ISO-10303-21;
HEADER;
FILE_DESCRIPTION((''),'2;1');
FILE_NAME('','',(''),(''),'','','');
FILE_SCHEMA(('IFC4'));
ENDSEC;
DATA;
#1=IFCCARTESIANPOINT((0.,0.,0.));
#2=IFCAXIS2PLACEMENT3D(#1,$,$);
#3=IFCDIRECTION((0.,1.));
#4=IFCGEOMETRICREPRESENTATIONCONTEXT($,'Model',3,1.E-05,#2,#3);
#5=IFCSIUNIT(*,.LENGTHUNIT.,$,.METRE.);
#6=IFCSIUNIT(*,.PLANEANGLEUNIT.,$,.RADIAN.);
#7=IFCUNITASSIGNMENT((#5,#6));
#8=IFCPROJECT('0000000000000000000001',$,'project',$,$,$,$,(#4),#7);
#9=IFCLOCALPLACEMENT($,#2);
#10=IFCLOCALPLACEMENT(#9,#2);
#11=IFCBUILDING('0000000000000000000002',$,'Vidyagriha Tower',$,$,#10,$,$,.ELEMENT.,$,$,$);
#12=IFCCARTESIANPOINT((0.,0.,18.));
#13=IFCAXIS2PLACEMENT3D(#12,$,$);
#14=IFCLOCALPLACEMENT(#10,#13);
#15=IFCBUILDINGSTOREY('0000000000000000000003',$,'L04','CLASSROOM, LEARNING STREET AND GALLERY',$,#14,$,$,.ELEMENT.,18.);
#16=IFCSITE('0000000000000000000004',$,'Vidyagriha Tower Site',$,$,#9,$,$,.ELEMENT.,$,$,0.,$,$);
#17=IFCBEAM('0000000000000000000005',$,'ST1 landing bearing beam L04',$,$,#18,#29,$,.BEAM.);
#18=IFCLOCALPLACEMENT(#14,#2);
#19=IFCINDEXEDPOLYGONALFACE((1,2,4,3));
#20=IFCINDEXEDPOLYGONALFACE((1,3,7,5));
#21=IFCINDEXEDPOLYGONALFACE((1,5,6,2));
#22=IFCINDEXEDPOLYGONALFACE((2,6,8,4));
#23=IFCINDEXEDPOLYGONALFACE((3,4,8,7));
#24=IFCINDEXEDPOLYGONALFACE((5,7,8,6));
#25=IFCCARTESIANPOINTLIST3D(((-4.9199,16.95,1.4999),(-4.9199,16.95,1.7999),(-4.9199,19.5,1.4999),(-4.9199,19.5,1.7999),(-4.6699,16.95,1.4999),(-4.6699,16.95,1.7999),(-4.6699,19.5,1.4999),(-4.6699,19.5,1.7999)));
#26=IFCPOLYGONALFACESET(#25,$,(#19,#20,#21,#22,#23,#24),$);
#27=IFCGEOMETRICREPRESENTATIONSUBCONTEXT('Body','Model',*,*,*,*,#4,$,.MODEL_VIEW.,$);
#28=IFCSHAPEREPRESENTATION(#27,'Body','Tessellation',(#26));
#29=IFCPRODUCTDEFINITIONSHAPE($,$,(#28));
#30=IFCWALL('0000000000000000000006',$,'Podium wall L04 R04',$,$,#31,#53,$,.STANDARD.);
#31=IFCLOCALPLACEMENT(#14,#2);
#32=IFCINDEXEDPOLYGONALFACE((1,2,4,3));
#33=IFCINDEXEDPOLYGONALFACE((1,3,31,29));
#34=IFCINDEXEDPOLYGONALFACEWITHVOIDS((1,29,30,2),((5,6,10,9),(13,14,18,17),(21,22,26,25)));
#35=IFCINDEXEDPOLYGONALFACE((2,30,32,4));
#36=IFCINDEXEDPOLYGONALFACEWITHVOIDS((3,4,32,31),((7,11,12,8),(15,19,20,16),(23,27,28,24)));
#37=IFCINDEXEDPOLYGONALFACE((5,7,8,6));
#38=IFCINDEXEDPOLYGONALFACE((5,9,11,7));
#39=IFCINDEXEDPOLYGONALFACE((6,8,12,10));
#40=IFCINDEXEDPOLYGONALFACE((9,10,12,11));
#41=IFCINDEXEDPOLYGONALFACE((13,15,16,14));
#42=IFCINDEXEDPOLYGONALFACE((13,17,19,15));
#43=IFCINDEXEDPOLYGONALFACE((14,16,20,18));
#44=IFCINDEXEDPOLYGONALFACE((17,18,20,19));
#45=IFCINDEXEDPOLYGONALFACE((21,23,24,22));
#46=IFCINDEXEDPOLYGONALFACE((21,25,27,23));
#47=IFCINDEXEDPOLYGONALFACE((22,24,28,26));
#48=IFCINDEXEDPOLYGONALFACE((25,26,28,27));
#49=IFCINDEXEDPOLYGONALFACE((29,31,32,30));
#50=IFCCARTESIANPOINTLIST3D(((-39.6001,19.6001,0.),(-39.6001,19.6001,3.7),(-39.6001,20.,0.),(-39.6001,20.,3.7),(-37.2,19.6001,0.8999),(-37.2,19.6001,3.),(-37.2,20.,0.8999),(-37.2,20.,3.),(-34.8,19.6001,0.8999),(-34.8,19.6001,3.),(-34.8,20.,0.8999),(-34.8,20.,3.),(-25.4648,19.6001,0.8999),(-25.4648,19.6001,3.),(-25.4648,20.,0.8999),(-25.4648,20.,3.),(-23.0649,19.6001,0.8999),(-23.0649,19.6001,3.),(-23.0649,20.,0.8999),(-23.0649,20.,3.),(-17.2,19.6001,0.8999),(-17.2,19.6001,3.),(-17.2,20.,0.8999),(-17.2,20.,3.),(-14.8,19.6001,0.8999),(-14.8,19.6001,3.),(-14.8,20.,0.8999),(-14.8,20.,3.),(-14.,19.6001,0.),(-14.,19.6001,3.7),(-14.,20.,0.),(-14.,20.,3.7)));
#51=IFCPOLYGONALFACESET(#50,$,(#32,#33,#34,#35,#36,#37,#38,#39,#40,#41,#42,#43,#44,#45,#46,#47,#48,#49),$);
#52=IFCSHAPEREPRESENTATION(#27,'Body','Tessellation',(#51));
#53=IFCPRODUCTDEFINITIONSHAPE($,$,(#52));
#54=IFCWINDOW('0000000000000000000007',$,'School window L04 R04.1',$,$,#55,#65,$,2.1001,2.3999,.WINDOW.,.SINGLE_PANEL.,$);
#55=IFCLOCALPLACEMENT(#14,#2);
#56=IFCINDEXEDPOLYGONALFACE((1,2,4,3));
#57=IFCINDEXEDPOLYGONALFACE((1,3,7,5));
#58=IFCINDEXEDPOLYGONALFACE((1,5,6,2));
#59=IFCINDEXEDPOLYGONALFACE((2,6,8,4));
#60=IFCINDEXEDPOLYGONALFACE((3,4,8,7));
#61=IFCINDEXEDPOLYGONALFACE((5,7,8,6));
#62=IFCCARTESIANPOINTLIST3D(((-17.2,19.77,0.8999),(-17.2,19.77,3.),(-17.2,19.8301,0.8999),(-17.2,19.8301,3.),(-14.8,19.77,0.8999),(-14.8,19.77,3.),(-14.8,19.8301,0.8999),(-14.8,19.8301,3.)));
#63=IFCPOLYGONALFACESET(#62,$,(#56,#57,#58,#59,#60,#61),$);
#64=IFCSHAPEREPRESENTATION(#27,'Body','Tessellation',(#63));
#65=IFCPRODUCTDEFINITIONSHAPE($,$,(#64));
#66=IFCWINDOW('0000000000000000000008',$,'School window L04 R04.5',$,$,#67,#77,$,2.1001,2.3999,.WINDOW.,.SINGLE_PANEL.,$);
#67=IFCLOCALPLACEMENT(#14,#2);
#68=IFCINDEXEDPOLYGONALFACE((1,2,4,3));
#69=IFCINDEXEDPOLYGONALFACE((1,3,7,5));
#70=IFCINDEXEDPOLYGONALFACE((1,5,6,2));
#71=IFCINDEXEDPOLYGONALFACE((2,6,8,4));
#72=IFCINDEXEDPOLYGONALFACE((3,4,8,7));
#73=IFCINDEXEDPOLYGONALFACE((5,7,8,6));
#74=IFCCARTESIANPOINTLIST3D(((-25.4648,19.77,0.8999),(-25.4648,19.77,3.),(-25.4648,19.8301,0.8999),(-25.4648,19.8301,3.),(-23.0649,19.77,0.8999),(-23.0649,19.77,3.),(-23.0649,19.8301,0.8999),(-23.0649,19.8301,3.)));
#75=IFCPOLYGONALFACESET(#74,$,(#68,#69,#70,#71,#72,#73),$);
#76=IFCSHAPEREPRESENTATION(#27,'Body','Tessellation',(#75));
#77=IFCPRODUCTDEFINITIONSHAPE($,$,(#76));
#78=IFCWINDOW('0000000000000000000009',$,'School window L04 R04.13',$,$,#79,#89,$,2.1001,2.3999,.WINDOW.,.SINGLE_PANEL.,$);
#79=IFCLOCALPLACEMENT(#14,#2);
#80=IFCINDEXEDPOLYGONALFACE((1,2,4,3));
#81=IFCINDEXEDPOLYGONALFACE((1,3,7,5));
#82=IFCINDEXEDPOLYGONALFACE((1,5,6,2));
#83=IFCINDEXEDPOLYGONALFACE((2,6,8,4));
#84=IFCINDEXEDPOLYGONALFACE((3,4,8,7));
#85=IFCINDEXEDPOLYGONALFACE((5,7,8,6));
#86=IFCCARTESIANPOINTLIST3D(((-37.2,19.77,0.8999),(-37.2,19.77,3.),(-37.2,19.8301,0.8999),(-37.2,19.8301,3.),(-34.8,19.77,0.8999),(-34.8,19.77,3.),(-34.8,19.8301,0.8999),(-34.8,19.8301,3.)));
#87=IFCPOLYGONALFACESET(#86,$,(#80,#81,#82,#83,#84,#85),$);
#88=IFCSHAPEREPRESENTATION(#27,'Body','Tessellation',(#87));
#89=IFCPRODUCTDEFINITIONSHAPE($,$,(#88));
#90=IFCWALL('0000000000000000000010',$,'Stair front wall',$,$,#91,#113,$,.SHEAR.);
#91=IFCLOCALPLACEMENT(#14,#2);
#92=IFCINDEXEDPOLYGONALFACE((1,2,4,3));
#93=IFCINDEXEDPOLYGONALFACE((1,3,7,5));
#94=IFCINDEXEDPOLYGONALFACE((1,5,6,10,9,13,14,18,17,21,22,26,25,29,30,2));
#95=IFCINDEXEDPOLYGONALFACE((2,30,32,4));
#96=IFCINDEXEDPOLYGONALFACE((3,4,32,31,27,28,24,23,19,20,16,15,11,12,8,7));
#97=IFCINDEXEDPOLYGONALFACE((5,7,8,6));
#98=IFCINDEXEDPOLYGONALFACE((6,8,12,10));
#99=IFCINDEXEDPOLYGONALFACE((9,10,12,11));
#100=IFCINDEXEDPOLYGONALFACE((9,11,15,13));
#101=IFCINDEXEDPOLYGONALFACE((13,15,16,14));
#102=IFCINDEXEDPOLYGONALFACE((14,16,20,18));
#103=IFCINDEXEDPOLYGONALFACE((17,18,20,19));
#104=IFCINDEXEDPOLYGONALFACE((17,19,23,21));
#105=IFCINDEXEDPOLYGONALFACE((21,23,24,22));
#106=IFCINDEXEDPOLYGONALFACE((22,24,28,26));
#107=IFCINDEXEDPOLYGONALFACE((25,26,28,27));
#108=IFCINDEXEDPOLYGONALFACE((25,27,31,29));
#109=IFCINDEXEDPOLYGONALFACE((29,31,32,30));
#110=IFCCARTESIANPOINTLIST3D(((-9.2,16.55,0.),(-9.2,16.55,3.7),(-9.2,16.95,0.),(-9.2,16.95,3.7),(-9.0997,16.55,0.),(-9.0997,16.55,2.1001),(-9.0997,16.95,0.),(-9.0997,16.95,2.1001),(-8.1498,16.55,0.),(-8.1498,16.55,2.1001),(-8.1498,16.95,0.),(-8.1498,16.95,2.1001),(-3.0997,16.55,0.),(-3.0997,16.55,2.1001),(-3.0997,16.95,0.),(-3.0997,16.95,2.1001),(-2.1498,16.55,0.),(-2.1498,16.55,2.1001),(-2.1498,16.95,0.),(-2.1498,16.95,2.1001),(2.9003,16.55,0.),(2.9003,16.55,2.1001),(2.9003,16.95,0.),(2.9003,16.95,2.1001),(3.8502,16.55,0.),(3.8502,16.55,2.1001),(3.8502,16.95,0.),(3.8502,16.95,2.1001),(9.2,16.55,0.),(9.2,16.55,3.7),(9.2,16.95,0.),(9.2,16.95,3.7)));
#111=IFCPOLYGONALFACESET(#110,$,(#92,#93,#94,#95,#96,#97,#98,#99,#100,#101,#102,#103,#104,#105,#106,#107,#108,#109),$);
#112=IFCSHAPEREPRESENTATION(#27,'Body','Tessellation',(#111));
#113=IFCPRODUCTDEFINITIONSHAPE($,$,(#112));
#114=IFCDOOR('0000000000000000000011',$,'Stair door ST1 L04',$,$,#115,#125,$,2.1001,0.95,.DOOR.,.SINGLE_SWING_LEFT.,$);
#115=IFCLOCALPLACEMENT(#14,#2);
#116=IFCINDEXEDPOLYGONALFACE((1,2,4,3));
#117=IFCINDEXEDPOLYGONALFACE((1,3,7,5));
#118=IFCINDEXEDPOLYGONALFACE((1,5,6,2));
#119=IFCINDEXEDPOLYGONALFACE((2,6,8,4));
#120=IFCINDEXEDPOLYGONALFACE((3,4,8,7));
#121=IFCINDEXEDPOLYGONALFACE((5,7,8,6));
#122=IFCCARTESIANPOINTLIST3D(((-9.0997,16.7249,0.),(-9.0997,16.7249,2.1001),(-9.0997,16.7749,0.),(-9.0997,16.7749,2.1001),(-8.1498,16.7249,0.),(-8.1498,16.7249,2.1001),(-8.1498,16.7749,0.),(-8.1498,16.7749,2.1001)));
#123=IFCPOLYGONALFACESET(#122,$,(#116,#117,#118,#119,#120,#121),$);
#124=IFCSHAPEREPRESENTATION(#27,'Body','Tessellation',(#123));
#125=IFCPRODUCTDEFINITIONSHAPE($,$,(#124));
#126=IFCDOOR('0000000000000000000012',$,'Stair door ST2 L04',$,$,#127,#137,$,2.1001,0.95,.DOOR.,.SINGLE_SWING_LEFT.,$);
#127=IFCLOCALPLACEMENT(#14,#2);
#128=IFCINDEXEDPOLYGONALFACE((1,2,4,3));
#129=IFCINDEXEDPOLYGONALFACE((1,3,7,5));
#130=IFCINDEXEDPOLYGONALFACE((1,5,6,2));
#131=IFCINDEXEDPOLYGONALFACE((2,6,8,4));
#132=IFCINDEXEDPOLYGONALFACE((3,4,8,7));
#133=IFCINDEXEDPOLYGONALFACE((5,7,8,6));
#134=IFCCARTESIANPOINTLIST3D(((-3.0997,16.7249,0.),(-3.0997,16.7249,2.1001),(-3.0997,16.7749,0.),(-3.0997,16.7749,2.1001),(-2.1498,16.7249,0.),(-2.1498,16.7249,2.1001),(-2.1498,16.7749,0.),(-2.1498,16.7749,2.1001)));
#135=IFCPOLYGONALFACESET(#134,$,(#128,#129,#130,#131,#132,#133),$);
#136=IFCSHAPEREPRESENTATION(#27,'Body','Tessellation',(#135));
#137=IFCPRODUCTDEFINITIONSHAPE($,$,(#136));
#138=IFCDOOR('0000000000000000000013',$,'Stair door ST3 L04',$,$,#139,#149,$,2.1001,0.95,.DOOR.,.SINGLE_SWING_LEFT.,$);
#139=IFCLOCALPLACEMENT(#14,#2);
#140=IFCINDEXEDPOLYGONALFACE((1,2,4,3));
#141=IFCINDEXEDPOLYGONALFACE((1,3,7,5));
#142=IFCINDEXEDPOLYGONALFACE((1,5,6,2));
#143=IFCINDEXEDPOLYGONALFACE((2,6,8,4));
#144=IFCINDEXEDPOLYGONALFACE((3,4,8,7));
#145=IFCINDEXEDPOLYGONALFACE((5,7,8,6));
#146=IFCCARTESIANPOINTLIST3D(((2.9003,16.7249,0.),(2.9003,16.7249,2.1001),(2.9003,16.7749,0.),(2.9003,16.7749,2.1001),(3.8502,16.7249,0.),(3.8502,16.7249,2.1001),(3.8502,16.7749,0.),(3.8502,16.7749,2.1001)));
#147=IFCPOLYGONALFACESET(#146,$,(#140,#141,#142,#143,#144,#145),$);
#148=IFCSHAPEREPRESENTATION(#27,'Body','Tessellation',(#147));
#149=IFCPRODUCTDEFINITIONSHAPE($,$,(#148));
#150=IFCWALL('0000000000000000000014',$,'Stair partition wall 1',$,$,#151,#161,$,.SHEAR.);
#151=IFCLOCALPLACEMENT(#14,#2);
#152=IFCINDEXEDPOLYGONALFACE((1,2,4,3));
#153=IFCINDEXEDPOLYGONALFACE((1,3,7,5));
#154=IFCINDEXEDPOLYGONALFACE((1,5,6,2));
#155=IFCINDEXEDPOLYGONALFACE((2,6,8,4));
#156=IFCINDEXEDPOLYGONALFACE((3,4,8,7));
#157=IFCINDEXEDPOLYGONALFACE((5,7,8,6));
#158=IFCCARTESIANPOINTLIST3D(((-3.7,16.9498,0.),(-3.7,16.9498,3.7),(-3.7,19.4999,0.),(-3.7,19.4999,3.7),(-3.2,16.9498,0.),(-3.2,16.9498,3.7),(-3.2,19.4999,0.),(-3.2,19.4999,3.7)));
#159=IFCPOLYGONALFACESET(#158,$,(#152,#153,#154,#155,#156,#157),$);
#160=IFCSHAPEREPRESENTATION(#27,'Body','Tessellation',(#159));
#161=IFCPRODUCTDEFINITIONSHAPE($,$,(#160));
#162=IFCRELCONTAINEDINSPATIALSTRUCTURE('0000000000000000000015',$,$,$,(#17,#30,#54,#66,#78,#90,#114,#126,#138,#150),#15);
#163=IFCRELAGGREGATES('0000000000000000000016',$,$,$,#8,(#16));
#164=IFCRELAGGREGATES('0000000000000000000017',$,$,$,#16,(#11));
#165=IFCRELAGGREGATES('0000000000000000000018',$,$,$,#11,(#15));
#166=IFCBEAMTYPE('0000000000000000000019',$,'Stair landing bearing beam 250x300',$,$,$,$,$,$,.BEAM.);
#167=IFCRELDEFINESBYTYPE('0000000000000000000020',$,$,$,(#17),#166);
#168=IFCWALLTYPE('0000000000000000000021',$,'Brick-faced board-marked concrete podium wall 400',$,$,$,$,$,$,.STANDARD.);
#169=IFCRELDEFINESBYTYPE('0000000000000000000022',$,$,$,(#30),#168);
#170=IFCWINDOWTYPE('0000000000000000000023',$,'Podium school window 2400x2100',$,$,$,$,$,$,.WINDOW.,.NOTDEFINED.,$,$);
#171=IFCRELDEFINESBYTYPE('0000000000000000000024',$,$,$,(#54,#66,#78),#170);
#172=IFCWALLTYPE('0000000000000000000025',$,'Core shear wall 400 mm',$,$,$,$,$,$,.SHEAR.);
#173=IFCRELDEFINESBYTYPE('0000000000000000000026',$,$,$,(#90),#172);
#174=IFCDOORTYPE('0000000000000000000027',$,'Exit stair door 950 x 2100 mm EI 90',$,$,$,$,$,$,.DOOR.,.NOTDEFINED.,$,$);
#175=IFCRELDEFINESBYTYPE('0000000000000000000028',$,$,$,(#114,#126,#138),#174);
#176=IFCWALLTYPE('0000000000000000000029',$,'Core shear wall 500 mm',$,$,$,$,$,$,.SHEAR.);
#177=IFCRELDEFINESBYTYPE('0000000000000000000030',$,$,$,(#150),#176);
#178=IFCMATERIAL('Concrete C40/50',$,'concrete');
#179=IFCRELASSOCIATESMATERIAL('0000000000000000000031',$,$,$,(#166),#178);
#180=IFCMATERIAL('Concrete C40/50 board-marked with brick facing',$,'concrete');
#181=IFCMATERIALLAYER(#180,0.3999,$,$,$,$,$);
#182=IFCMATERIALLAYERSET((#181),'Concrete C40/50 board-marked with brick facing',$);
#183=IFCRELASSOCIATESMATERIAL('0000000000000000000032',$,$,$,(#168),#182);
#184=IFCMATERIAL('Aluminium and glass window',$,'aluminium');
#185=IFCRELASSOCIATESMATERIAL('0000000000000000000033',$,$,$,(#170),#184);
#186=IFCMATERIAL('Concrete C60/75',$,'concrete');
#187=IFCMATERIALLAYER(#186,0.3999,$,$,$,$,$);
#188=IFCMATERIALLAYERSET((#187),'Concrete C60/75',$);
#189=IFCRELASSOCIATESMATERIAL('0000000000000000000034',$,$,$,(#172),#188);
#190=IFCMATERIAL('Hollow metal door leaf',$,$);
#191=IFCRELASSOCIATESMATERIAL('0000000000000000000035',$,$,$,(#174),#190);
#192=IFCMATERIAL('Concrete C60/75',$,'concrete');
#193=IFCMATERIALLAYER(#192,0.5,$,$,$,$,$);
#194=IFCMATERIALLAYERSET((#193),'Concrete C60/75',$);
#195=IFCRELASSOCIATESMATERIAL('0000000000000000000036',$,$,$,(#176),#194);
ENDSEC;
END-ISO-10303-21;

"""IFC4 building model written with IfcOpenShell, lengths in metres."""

from ifc_helpers import new_model, si_unit, direction, frame, frame_2d, origin, origin_2d, place, context, subcontext, project, spatial, rectangle, extrude, material, layer, layer_set, material_profile, profile_set, type_object, element, fill, save


model = new_model("IFC4")

# Units and contexts
model_context = context("Model", 3, precision=1e-05, world=origin(), true_north=direction((0.0, 1.0)))
body_context = subcontext(model_context, "Body", "Model", "MODEL_VIEW")
ifc_project = project(units=[si_unit("LENGTHUNIT", "METRE"), si_unit("PLANEANGLEUNIT", "RADIAN")], contexts=[model_context])

# Site, building, storey
site_placement = place(None, origin())
site = spatial("IfcSite", under=ifc_project, at=site_placement, Name="Vidyagriha Tower Site", CompositionType="ELEMENT", RefElevation=0.0)
building_placement = place(site_placement, origin())
building = spatial("IfcBuilding", under=site, at=building_placement, Name="Vidyagriha Tower", CompositionType="ELEMENT")
storey_placement = place(building_placement, frame((0.0, 0.0, 18.0)))
storey = spatial("IfcBuildingStorey", under=building, at=storey_placement, Name="L04", Description="CLASSROOM, LEARNING STREET AND GALLERY", CompositionType="ELEMENT", Elevation=18.0)

# Beam
ifc_material_1 = material(Name="Concrete C40/50", Category="concrete")
ifc_material_profile = material_profile(ifc_material_1, rectangle(XDim=0.25, YDim=0.3, at=origin_2d()), Name="Stair landing bearing beam 250x300")
ifc_profile_set = profile_set([ifc_material_profile], Name="Concrete C40/50")
beam_type = type_object("IfcBeamType", Name="Stair landing bearing beam 250x300", PredefinedType="BEAM", material=ifc_profile_set)
beam_placement = place(storey_placement, frame((-4.7949, 16.95, 1.6499), z_axis=(0.0, 1.0, 0.0), x_axis=(-1.0, 0.0, 0.0)))
element("IfcBeam", 1, at=beam_placement, inside=storey, type_object=beam_type, Name="ST1 landing bearing beam L04", PredefinedType="BEAM", context=body_context, shape_type="SweptSolid", body=[
    extrude(rectangle(XDim=0.25, YDim=0.3, at=origin_2d()), origin(), (0.0, 0.0, 1.0), 2.55),
])

# Wall, openings, windows
ifc_material_2 = material(Name="Concrete C40/50 board-marked with brick facing", Category="concrete")
ifc_layer_1 = layer(ifc_material_2, 0.3999)
ifc_layer_set_1 = layer_set([ifc_layer_1], Name="Concrete C40/50 board-marked with brick facing")
wall_type_1 = type_object("IfcWallType", Name="Brick-faced board-marked concrete podium wall 400", PredefinedType="STANDARD", material=ifc_layer_set_1)
wall_1_placement = place(storey_placement, frame((-14.0, 19.8, 0.0), z_axis=(0.0, 0.0, 1.0), x_axis=(-1.0, 0.0, 0.0)))
wall_1 = element("IfcWall", 2, at=wall_1_placement, inside=storey, type_object=wall_type_1, Name="Podium wall L04 R04", PredefinedType="STANDARD", context=body_context, shape_type="SweptSolid", body=[
    extrude(rectangle(XDim=25.6001, YDim=0.3999, at=frame_2d((12.8, 0.0))), origin(), (0.0, 0.0, 1.0), 3.7),
])
opening_1_placement = place(wall_1_placement, frame((0.8, 0.0, 0.8999)))
opening_1 = element("IfcOpeningElement", 3, at=opening_1_placement, cuts=wall_1, PredefinedType="OPENING", context=body_context, shape_type="SweptSolid", body=[
    extrude(rectangle(XDim=2.3999, YDim=2.1001, at=frame_2d((1.2, 1.05))), frame((0.0, 0.21, 0.0), z_axis=(0.0, -1.0, 0.0), x_axis=(1.0, 0.0, 0.0)), (0.0, 0.0, 1.0), 0.4199),
])
opening_2_placement = place(wall_1_placement, frame((9.0649, 0.0, 0.8999)))
opening_2 = element("IfcOpeningElement", 4, at=opening_2_placement, cuts=wall_1, PredefinedType="OPENING", context=body_context, shape_type="SweptSolid", body=[
    extrude(rectangle(XDim=2.3999, YDim=2.1001, at=frame_2d((1.2, 1.05))), frame((0.0, 0.21, 0.0), z_axis=(0.0, -1.0, 0.0), x_axis=(1.0, 0.0, 0.0)), (0.0, 0.0, 1.0), 0.4199),
])
opening_3_placement = place(wall_1_placement, frame((20.8, 0.0, 0.8999)))
opening_3 = element("IfcOpeningElement", 5, at=opening_3_placement, cuts=wall_1, PredefinedType="OPENING", context=body_context, shape_type="SweptSolid", body=[
    extrude(rectangle(XDim=2.3999, YDim=2.1001, at=frame_2d((1.2, 1.05))), frame((0.0, 0.21, 0.0), z_axis=(0.0, -1.0, 0.0), x_axis=(1.0, 0.0, 0.0)), (0.0, 0.0, 1.0), 0.4199),
])
ifc_material_3 = material(Name="Aluminium and glass window", Category="aluminium")
window_type = type_object("IfcWindowType", Name="Podium school window 2400x2100", PartitioningType="NOTDEFINED", PredefinedType="WINDOW", material=ifc_material_3)
window_1_placement = place(opening_1_placement, origin())
window_1 = element("IfcWindow", 6, at=window_1_placement, inside=storey, type_object=window_type, Name="School window L04 R04.1", OverallHeight=2.1001, OverallWidth=2.3999, PartitioningType="SINGLE_PANEL", PredefinedType="WINDOW", context=body_context, shape_type="SweptSolid", body=[
    extrude(rectangle(XDim=2.3999, YDim=2.1001, at=frame_2d((1.2, 1.05))), frame((0.0, 0.03, 0.0), z_axis=(0.0, -1.0, 0.0), x_axis=(1.0, 0.0, 0.0)), (0.0, 0.0, 1.0), 0.0601),
])
fill(opening_1, window_1)
window_2_placement = place(opening_2_placement, origin())
window_2 = element("IfcWindow", 7, at=window_2_placement, inside=storey, type_object=window_type, Name="School window L04 R04.5", OverallHeight=2.1001, OverallWidth=2.3999, PartitioningType="SINGLE_PANEL", PredefinedType="WINDOW", context=body_context, shape_type="SweptSolid", body=[
    extrude(rectangle(XDim=2.3999, YDim=2.1001, at=frame_2d((1.2, 1.05))), frame((0.0, 0.03, 0.0), z_axis=(0.0, -1.0, 0.0), x_axis=(1.0, 0.0, 0.0)), (0.0, 0.0, 1.0), 0.0601),
])
fill(opening_2, window_2)
window_3_placement = place(opening_3_placement, origin())
window_3 = element("IfcWindow", 8, at=window_3_placement, inside=storey, type_object=window_type, Name="School window L04 R04.13", OverallHeight=2.1001, OverallWidth=2.3999, PartitioningType="SINGLE_PANEL", PredefinedType="WINDOW", context=body_context, shape_type="SweptSolid", body=[
    extrude(rectangle(XDim=2.3999, YDim=2.1001, at=frame_2d((1.2, 1.05))), frame((0.0, 0.03, 0.0), z_axis=(0.0, -1.0, 0.0), x_axis=(1.0, 0.0, 0.0)), (0.0, 0.0, 1.0), 0.0601),
])
fill(opening_3, window_3)

# Wall, openings, doors
ifc_material_4 = material(Name="Concrete C60/75", Category="concrete")
ifc_layer_2 = layer(ifc_material_4, 0.3999)
ifc_layer_set_2 = layer_set([ifc_layer_2], Name="Concrete C60/75")
wall_type_2 = type_object("IfcWallType", Name="Core shear wall 400 mm", PredefinedType="SHEAR", material=ifc_layer_set_2)
wall_2_placement = place(storey_placement, frame((-9.2, 16.75, 0.0)))
wall_2 = element("IfcWall", 9, at=wall_2_placement, inside=storey, type_object=wall_type_2, Name="Stair front wall", PredefinedType="SHEAR", context=body_context, shape_type="SweptSolid", body=[
    extrude(rectangle(XDim=18.3999, YDim=0.3999, at=frame_2d((9.2, 0.0))), origin(), (0.0, 0.0, 1.0), 3.7),
])
opening_4_placement = place(wall_2_placement, frame((0.1001, 0.0, 0.0)))
opening_4 = element("IfcOpeningElement", 10, at=opening_4_placement, cuts=wall_2, PredefinedType="OPENING", context=body_context, shape_type="SweptSolid", body=[
    extrude(rectangle(XDim=0.95, YDim=2.1001, at=frame_2d((0.4751, 1.05))), frame((0.0, 0.21, 0.0), z_axis=(0.0, -1.0, 0.0), x_axis=(1.0, 0.0, 0.0)), (0.0, 0.0, 1.0), 0.4199),
])
opening_5_placement = place(wall_2_placement, frame((6.1001, 0.0, 0.0)))
opening_5 = element("IfcOpeningElement", 11, at=opening_5_placement, cuts=wall_2, PredefinedType="OPENING", context=body_context, shape_type="SweptSolid", body=[
    extrude(rectangle(XDim=0.95, YDim=2.1001, at=frame_2d((0.4751, 1.05))), frame((0.0, 0.21, 0.0), z_axis=(0.0, -1.0, 0.0), x_axis=(1.0, 0.0, 0.0)), (0.0, 0.0, 1.0), 0.4199),
])
opening_6_placement = place(wall_2_placement, frame((12.1001, 0.0, 0.0)))
opening_6 = element("IfcOpeningElement", 12, at=opening_6_placement, cuts=wall_2, PredefinedType="OPENING", context=body_context, shape_type="SweptSolid", body=[
    extrude(rectangle(XDim=0.95, YDim=2.1001, at=frame_2d((0.4751, 1.05))), frame((0.0, 0.21, 0.0), z_axis=(0.0, -1.0, 0.0), x_axis=(1.0, 0.0, 0.0)), (0.0, 0.0, 1.0), 0.4199),
])
ifc_material_5 = material(Name="Hollow metal door leaf")
door_type = type_object("IfcDoorType", Name="Exit stair door 950 x 2100 mm EI 90", OperationType="NOTDEFINED", PredefinedType="DOOR", material=ifc_material_5)
door_1_placement = place(opening_4_placement, origin())
door_1 = element("IfcDoor", 13, at=door_1_placement, inside=storey, type_object=door_type, Name="Stair door ST1 L04", OperationType="SINGLE_SWING_LEFT", OverallHeight=2.1001, OverallWidth=0.95, PredefinedType="DOOR", context=body_context, shape_type="SweptSolid", body=[
    extrude(rectangle(XDim=0.95, YDim=2.1001, at=frame_2d((0.4751, 1.05))), frame((0.0, 0.0249, 0.0), z_axis=(0.0, -1.0, 0.0), x_axis=(1.0, 0.0, 0.0)), (0.0, 0.0, 1.0), 0.05),
])
fill(opening_4, door_1)
door_2_placement = place(opening_5_placement, origin())
door_2 = element("IfcDoor", 14, at=door_2_placement, inside=storey, type_object=door_type, Name="Stair door ST2 L04", OperationType="SINGLE_SWING_LEFT", OverallHeight=2.1001, OverallWidth=0.95, PredefinedType="DOOR", context=body_context, shape_type="SweptSolid", body=[
    extrude(rectangle(XDim=0.95, YDim=2.1001, at=frame_2d((0.4751, 1.05))), frame((0.0, 0.0249, 0.0), z_axis=(0.0, -1.0, 0.0), x_axis=(1.0, 0.0, 0.0)), (0.0, 0.0, 1.0), 0.05),
])
fill(opening_5, door_2)
door_3_placement = place(opening_6_placement, origin())
door_3 = element("IfcDoor", 15, at=door_3_placement, inside=storey, type_object=door_type, Name="Stair door ST3 L04", OperationType="SINGLE_SWING_LEFT", OverallHeight=2.1001, OverallWidth=0.95, PredefinedType="DOOR", context=body_context, shape_type="SweptSolid", body=[
    extrude(rectangle(XDim=0.95, YDim=2.1001, at=frame_2d((0.4751, 1.05))), frame((0.0, 0.0249, 0.0), z_axis=(0.0, -1.0, 0.0), x_axis=(1.0, 0.0, 0.0)), (0.0, 0.0, 1.0), 0.05),
])
fill(opening_6, door_3)

# Wall
ifc_material_6 = material(Name="Concrete C60/75", Category="concrete")
ifc_layer_3 = layer(ifc_material_6, 0.5)
ifc_layer_set_3 = layer_set([ifc_layer_3], Name="Concrete C60/75")
wall_type_3 = type_object("IfcWallType", Name="Core shear wall 500 mm", PredefinedType="SHEAR", material=ifc_layer_set_3)
wall_3_placement = place(storey_placement, frame((-3.45, 16.95, 0.0), z_axis=(0.0, 0.0, 1.0), x_axis=(0.0, 1.0, 0.0)))
element("IfcWall", 16, at=wall_3_placement, inside=storey, type_object=wall_type_3, Name="Stair partition wall 1", PredefinedType="SHEAR", context=body_context, shape_type="SweptSolid", body=[
    extrude(rectangle(XDim=2.55, YDim=0.5, at=frame_2d((1.2749, 0.0))), origin(), (0.0, 0.0, 1.0), 3.7),
])

save(model, "model.ifc")
